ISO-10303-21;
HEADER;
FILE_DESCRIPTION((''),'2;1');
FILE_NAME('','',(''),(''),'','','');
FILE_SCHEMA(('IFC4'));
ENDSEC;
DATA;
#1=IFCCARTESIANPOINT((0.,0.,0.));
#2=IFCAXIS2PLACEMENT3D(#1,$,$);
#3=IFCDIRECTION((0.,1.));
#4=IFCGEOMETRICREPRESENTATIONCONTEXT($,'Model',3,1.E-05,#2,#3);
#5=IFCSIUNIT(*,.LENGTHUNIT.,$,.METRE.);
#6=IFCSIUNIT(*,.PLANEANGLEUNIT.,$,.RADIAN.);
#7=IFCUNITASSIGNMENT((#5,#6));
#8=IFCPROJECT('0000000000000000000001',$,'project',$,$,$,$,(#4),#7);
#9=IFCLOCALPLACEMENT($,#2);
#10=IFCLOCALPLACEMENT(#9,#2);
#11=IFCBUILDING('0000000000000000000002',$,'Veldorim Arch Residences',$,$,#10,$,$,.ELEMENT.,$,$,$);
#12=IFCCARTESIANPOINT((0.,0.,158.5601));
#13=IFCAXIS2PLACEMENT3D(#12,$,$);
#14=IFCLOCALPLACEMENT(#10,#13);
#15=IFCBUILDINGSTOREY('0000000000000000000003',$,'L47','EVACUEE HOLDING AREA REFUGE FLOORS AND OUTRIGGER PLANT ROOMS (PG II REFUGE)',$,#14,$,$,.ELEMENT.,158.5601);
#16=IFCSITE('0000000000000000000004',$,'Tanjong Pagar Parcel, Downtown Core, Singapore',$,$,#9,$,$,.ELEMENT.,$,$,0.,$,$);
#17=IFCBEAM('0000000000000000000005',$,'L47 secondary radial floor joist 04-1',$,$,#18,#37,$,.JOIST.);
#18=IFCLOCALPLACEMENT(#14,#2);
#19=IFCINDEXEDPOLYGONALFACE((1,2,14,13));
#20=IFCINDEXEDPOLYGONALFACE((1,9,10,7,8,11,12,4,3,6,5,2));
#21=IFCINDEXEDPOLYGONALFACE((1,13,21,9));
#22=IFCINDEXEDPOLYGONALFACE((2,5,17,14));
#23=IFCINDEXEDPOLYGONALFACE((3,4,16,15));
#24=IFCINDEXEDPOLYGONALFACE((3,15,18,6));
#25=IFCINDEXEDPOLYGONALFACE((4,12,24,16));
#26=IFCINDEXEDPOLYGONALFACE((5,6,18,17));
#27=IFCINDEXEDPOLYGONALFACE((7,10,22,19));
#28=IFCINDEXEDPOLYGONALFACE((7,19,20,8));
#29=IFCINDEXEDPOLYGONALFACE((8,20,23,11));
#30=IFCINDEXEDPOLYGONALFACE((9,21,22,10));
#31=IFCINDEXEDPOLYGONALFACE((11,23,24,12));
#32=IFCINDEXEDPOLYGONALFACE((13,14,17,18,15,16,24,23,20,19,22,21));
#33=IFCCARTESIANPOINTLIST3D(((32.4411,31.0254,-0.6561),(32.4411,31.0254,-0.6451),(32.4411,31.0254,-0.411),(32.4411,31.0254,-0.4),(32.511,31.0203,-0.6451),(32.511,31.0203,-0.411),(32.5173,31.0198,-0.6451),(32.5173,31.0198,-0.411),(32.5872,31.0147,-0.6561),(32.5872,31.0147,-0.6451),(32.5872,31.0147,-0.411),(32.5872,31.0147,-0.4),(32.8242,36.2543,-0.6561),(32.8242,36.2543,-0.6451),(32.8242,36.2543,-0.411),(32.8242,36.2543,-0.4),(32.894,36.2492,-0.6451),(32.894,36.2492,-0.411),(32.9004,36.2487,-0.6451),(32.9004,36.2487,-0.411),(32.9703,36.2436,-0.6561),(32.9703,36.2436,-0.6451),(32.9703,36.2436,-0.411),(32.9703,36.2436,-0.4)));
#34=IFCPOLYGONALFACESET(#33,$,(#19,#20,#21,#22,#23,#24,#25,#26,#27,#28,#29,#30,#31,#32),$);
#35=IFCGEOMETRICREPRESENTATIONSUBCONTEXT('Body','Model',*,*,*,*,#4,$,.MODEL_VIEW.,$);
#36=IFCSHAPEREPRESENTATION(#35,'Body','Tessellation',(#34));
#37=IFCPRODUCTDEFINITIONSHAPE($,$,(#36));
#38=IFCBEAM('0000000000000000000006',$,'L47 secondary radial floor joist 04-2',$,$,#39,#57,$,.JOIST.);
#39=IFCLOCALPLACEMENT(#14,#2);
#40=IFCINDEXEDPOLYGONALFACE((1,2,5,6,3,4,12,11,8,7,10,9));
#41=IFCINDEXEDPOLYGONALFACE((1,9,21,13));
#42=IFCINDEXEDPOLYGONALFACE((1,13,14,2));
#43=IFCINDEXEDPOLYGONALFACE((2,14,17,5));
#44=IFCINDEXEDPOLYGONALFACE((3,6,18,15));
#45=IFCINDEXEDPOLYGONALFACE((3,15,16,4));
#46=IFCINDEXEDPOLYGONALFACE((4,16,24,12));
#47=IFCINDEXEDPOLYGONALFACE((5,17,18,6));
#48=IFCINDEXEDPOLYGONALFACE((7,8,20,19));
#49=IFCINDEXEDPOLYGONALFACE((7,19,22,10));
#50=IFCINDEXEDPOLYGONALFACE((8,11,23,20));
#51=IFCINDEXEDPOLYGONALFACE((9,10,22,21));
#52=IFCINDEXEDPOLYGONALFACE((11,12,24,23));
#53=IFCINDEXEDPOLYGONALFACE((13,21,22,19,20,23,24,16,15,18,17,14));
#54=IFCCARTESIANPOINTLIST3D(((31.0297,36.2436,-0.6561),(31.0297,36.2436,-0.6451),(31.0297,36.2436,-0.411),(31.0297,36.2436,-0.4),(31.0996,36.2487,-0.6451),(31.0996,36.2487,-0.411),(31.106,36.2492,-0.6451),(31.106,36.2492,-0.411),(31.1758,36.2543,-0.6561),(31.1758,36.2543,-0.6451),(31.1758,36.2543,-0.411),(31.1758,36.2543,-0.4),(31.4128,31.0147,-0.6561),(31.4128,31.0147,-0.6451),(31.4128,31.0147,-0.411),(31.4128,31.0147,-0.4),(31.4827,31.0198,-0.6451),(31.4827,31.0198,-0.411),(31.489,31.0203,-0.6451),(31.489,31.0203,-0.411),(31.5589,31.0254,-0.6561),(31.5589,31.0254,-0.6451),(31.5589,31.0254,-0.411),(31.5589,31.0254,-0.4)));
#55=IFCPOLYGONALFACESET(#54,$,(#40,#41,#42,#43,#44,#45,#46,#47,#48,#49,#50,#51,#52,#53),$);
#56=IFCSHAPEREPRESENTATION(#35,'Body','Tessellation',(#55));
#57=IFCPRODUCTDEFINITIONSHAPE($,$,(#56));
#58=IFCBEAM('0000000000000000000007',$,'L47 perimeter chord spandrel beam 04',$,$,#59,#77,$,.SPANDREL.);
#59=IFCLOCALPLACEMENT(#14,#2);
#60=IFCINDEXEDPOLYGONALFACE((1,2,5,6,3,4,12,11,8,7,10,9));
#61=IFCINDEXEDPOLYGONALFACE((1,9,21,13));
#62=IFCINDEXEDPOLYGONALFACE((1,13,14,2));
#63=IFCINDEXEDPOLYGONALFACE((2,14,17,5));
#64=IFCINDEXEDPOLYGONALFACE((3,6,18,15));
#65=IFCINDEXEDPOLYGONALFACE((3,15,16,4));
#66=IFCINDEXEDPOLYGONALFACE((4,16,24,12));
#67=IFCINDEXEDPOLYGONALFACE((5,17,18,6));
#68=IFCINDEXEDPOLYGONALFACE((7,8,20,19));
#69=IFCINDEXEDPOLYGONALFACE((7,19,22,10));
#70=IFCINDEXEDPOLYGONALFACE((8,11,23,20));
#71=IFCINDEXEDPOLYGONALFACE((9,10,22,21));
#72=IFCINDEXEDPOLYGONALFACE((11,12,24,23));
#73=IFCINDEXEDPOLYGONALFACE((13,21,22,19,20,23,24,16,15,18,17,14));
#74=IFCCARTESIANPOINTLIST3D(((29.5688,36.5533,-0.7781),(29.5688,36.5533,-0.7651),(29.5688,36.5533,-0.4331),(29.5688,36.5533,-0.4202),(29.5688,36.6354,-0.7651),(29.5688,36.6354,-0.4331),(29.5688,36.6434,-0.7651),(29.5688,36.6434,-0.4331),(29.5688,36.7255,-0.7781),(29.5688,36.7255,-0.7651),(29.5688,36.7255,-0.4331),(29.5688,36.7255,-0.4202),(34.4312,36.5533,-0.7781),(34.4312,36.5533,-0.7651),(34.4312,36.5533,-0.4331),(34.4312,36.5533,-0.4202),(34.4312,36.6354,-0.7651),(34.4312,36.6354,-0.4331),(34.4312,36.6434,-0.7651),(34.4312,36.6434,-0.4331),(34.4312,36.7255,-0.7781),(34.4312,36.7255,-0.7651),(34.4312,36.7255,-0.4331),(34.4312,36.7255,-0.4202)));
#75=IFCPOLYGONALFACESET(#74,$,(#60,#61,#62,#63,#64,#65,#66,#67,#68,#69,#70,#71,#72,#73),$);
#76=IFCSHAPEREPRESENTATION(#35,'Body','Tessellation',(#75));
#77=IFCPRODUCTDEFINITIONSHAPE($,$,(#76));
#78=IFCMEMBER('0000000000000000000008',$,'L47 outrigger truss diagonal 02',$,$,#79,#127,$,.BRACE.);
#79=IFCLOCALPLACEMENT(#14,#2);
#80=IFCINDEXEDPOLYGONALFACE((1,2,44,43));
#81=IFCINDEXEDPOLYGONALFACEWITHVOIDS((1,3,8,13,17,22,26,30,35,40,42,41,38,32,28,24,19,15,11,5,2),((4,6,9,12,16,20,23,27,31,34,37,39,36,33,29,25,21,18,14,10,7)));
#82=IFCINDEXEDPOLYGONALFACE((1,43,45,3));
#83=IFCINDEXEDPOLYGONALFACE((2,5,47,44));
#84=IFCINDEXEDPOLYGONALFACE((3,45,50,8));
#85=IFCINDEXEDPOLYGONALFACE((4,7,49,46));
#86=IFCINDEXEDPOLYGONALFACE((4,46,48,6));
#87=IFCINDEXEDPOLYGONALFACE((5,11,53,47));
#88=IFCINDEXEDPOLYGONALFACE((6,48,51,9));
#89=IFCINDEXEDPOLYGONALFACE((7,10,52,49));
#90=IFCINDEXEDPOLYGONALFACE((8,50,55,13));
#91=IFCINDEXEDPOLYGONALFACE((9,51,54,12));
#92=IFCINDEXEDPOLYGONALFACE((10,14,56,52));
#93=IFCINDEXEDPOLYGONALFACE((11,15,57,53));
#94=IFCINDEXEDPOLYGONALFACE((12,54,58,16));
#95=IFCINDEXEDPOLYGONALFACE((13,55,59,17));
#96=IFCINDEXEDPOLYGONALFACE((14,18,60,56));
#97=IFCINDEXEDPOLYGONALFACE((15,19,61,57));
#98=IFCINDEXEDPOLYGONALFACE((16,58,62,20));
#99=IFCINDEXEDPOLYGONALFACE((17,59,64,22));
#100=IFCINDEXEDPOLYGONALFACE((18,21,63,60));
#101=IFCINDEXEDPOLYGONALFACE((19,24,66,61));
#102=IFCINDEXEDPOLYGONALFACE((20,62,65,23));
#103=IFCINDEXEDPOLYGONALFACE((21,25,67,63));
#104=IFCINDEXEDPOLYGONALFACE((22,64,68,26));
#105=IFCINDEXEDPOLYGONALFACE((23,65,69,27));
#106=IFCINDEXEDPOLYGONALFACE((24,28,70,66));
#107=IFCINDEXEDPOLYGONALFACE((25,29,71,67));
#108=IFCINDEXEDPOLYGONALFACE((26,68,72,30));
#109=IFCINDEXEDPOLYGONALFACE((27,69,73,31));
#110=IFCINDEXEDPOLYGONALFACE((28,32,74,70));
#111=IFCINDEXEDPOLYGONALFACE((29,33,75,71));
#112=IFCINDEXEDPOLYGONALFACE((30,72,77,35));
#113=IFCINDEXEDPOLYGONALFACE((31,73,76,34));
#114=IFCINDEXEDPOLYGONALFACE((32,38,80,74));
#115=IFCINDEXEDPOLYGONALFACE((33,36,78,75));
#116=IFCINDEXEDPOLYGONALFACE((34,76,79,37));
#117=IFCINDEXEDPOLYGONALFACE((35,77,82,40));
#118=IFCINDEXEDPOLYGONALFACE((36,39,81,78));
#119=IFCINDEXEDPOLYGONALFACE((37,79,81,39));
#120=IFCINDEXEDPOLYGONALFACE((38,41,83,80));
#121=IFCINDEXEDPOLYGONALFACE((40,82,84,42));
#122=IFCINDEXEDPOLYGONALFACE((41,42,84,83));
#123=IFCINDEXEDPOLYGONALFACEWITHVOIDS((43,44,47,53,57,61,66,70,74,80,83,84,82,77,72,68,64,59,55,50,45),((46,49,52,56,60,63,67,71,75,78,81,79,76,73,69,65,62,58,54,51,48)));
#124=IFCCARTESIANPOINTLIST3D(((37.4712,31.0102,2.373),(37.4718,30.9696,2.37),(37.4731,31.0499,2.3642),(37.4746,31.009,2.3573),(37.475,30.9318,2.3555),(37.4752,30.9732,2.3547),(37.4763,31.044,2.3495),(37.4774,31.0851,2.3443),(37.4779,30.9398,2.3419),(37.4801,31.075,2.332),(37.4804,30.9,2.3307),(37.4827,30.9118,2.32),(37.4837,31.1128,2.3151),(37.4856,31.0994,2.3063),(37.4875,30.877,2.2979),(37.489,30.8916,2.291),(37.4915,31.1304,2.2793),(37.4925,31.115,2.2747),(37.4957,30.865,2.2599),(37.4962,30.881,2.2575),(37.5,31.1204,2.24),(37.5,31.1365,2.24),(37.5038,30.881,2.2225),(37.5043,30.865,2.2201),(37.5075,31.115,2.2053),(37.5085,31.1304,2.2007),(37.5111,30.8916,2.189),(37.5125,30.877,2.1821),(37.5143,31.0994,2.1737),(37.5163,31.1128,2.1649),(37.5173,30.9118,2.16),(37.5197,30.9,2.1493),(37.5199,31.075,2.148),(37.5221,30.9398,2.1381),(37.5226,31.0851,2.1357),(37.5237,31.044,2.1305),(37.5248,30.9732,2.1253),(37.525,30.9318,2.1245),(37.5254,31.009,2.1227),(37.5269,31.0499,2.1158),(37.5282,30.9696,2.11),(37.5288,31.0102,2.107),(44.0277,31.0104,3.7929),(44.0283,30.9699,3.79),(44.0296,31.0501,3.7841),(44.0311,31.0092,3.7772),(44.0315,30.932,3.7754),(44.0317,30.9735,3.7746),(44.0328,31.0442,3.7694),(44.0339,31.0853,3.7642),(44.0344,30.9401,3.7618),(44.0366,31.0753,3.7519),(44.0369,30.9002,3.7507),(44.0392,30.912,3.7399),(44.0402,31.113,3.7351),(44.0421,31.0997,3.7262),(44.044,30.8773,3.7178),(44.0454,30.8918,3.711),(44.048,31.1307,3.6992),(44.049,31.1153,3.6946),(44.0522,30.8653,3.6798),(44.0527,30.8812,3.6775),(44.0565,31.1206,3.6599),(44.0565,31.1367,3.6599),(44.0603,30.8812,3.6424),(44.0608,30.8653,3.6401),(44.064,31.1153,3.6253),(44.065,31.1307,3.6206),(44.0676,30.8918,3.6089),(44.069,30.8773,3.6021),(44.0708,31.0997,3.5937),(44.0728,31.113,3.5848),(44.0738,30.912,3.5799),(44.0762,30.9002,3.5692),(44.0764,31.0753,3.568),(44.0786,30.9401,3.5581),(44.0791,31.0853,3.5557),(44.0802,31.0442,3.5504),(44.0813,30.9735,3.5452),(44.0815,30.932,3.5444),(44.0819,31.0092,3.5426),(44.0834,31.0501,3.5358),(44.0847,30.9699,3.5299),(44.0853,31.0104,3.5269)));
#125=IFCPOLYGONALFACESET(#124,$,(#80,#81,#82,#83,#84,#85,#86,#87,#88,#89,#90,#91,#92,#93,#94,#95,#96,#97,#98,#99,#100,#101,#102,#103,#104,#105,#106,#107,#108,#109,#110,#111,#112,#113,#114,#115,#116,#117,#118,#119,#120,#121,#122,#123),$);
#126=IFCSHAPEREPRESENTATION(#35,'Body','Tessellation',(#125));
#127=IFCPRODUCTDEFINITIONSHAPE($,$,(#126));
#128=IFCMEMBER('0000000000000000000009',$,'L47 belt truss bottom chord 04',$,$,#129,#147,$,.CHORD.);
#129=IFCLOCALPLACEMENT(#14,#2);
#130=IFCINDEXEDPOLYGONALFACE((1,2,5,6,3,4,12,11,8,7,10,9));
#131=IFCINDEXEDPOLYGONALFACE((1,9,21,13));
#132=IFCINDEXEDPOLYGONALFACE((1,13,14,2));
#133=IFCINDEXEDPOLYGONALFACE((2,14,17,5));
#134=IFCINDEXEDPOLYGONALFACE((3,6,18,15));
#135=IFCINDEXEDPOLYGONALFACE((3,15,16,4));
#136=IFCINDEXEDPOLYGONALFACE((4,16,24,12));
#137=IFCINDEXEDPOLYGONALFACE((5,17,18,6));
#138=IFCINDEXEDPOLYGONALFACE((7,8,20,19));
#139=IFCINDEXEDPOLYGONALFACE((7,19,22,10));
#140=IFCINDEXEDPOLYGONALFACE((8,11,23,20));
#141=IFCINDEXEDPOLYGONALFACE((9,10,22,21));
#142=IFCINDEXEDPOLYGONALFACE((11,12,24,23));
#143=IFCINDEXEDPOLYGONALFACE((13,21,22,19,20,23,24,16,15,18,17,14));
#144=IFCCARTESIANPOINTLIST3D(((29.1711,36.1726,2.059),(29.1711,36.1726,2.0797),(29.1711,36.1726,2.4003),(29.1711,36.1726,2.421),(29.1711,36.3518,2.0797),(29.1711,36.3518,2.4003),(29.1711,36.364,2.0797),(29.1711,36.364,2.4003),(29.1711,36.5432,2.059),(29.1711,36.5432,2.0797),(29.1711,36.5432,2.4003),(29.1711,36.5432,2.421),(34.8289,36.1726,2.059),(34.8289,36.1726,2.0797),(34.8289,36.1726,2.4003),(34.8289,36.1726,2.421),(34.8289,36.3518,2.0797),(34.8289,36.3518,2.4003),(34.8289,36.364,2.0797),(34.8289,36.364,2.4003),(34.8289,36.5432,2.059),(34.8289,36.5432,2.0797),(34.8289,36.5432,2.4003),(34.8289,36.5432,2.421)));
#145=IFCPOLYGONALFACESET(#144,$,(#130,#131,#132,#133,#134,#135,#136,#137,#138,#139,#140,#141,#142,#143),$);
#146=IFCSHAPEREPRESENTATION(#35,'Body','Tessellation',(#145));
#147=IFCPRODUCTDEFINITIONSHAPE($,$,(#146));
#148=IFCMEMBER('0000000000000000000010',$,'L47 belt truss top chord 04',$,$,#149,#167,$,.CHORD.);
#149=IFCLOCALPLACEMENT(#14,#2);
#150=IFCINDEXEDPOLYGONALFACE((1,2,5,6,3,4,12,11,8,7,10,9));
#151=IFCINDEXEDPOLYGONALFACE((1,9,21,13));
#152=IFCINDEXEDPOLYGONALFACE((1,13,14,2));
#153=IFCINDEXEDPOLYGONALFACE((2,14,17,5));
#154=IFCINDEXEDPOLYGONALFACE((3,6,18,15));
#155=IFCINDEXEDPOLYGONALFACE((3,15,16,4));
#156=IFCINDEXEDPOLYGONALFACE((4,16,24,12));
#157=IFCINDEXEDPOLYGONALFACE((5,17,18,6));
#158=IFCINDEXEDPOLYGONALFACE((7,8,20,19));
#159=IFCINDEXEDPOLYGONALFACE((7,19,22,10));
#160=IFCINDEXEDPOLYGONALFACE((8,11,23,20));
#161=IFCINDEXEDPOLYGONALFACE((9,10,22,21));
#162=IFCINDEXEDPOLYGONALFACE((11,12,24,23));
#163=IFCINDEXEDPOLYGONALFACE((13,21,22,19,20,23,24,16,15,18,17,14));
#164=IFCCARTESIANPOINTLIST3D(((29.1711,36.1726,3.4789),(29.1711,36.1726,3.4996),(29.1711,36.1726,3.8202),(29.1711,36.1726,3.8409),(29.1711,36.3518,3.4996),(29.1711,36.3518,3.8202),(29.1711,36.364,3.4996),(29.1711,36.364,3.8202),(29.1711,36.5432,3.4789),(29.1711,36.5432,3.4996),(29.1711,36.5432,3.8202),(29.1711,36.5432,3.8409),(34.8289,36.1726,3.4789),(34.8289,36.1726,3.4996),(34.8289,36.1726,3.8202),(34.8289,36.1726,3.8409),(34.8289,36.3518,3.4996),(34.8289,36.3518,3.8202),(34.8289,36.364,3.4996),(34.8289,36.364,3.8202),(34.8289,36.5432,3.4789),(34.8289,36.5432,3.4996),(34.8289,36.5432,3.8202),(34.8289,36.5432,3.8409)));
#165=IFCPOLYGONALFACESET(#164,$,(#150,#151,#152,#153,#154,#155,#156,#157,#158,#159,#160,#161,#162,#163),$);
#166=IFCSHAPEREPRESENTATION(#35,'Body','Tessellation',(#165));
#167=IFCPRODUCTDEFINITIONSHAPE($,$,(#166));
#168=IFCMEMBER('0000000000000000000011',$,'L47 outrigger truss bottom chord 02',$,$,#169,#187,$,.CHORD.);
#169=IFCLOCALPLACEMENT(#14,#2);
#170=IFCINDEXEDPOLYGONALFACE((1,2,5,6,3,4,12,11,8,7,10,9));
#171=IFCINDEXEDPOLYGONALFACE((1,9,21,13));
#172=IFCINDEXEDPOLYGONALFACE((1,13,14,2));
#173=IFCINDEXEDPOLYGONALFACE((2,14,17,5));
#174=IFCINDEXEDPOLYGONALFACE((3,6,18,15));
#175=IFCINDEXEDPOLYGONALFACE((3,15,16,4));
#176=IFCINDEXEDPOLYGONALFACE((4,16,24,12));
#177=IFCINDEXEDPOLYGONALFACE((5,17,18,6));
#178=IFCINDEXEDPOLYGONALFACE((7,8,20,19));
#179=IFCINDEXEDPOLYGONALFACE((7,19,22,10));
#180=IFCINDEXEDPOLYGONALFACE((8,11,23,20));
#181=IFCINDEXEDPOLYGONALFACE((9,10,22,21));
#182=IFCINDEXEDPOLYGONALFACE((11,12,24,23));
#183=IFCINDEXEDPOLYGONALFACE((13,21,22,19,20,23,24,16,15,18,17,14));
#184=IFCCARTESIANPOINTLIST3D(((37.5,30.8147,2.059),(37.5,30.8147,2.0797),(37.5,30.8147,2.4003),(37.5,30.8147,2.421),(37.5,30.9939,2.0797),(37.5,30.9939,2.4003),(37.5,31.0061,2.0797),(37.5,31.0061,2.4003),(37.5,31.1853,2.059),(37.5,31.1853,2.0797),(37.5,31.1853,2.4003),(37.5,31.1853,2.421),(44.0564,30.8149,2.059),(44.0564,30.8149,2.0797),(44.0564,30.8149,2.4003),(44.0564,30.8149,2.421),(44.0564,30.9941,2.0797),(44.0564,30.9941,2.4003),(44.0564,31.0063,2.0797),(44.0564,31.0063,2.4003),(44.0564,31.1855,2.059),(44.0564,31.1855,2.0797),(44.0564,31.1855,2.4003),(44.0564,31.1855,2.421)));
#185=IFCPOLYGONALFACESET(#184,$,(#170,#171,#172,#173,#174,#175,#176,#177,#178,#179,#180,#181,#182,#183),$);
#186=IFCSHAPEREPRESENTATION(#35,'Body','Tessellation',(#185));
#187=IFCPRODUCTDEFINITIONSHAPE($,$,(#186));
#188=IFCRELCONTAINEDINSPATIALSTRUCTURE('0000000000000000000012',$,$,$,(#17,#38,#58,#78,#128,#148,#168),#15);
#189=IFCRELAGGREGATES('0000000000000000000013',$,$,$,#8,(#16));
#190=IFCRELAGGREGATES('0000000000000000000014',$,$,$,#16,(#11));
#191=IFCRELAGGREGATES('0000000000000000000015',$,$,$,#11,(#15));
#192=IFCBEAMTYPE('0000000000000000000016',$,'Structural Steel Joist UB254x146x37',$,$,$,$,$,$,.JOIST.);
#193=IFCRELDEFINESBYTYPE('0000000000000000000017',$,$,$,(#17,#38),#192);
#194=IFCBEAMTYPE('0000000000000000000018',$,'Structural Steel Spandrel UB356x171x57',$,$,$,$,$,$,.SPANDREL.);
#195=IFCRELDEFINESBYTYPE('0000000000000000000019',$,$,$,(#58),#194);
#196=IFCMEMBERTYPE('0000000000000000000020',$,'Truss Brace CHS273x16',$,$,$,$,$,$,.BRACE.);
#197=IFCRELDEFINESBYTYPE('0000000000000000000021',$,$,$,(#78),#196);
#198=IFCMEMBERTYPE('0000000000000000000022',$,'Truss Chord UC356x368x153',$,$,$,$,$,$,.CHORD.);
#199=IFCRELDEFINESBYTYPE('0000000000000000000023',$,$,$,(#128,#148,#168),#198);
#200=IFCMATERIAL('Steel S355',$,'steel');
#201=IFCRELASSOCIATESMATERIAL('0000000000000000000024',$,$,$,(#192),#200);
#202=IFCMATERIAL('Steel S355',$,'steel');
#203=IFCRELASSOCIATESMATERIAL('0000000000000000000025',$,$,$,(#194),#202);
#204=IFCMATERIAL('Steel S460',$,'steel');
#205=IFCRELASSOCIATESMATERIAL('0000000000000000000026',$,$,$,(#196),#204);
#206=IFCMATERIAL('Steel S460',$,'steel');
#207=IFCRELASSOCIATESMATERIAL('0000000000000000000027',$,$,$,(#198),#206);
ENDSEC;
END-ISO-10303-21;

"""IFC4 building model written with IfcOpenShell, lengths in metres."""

from ifc_helpers import new_model, si_unit, direction, frame, origin, origin_2d, place, context, subcontext, project, spatial, hollow_circle, i_section, extrude, material, material_profile, profile_set, type_object, element, save


model = new_model("IFC4")

# Units and contexts
model_context = context("Model", 3, precision=1e-05, world=origin(), true_north=direction((0.0, 1.0)))
body_context = subcontext(model_context, "Body", "Model", "MODEL_VIEW")
ifc_project = project(units=[si_unit("LENGTHUNIT", "METRE"), si_unit("PLANEANGLEUNIT", "RADIAN")], contexts=[model_context])

# Site, building, storey
site_placement = place(None, origin())
site = spatial("IfcSite", under=ifc_project, at=site_placement, Name="Tanjong Pagar Parcel, Downtown Core, Singapore", CompositionType="ELEMENT", RefElevation=0.0)
building_placement = place(site_placement, origin())
building = spatial("IfcBuilding", under=site, at=building_placement, Name="Veldorim Arch Residences", CompositionType="ELEMENT")
storey_placement = place(building_placement, frame((0.0, 0.0, 158.5601)))
storey = spatial("IfcBuildingStorey", under=building, at=storey_placement, Name="L47", Description="EVACUEE HOLDING AREA REFUGE FLOORS AND OUTRIGGER PLANT ROOMS (PG II REFUGE)", CompositionType="ELEMENT", Elevation=158.5601)

# Beams
ifc_material_1 = material(Name="Steel S355", Category="steel")
ifc_material_profile_1 = material_profile(ifc_material_1, i_section(OverallWidth=0.1465, OverallDepth=0.2561, WebThickness=0.0063, FlangeThickness=0.011, at=origin_2d()), Name="UB254x146x37")
ifc_profile_set_1 = profile_set([ifc_material_profile_1], Name="Steel S355")
beam_type_1 = type_object("IfcBeamType", Name="Structural Steel Joist UB254x146x37", PredefinedType="JOIST", material=ifc_profile_set_1)
for number, where, z_axis, x_axis, name in (
    (1, (32.5142, 31.02, -0.5281), (0.07306, 0.997328, 0.0), (-0.997328, 0.07306, 0.0), "L47 secondary radial floor joist 04-1"),
    (2, (31.4858, 31.02, -0.5281), (-0.07306, 0.997328, 0.0), (-0.997328, -0.07306, 0.0), "L47 secondary radial floor joist 04-2"),
):
    element("IfcBeam", number, at=place(storey_placement, frame(where, z_axis=z_axis, x_axis=x_axis)), inside=storey, type_object=beam_type_1, Name=name, PredefinedType="JOIST", context=body_context, shape_type="SweptSolid", body=[
        extrude(i_section(OverallWidth=0.1465, OverallDepth=0.2561, WebThickness=0.0063, FlangeThickness=0.011, at=origin_2d()), origin(), (0.0, 0.0, 1.0), 5.2429),
    ])
ifc_material_2 = material(Name="Steel S355", Category="steel")
ifc_material_profile_2 = material_profile(ifc_material_2, i_section(OverallWidth=0.1721, OverallDepth=0.3579, WebThickness=0.0081, FlangeThickness=0.0129, at=origin_2d()), Name="UB356x171x57")
ifc_profile_set_2 = profile_set([ifc_material_profile_2], Name="Steel S355")
beam_type_2 = type_object("IfcBeamType", Name="Structural Steel Spandrel UB356x171x57", PredefinedType="SPANDREL", material=ifc_profile_set_2)
beam_1_placement = place(storey_placement, frame((34.4312, 36.6394, -0.5991), z_axis=(-1.0, 0.0, 0.0), x_axis=(0.0, -1.0, 0.0)))
element("IfcBeam", 3, at=beam_1_placement, inside=storey, type_object=beam_type_2, Name="L47 perimeter chord spandrel beam 04", PredefinedType="SPANDREL", context=body_context, shape_type="SweptSolid", body=[
    extrude(i_section(OverallWidth=0.1721, OverallDepth=0.3579, WebThickness=0.0081, FlangeThickness=0.0129, at=origin_2d()), origin(), (0.0, 0.0, 1.0), 4.8623),
])

# Members
ifc_material_3 = material(Name="Steel S460", Category="steel")
ifc_material_profile_3 = material_profile(ifc_material_3, hollow_circle(Radius=0.1365, WallThickness=0.0161, at=origin_2d()), Name="CHS273x16")
ifc_profile_set_3 = profile_set([ifc_material_profile_3], Name="Steel S460")
member_type_1 = type_object("IfcMemberType", Name="Truss Brace CHS273x16", PredefinedType="BRACE", material=ifc_profile_set_3)
member_1_placement = place(storey_placement, frame((37.5, 31.0, 2.24), z_axis=(0.977343, 0.000036, 0.211664), x_axis=(-0.000037, 1.0, 0.0)))
element("IfcMember", 4, at=member_1_placement, inside=storey, type_object=member_type_1, Name="L47 outrigger truss diagonal 02", PredefinedType="BRACE", context=body_context, shape_type="SweptSolid", body=[
    extrude(hollow_circle(Radius=0.1365, WallThickness=0.0161, at=origin_2d()), origin(), (0.0, 0.0, 1.0), 6.7085),
])
ifc_material_4 = material(Name="Steel S460", Category="steel")
ifc_material_profile_4 = material_profile(ifc_material_4, i_section(OverallWidth=0.3706, OverallDepth=0.3621, WebThickness=0.0122, FlangeThickness=0.0208, at=origin_2d()), Name="UC356x368x153")
ifc_profile_set_4 = profile_set([ifc_material_profile_4], Name="Steel S460")
member_type_2 = type_object("IfcMemberType", Name="Truss Chord UC356x368x153", PredefinedType="CHORD", material=ifc_profile_set_4)
for number, where, z_axis, x_axis, name in (
    (5, (34.8289, 36.3579, 2.24), (-1.0, 0.0, 0.0), (0.0, -1.0, 0.0), "L47 belt truss bottom chord 04"),
    (6, (34.8289, 36.3579, 3.6599), (-1.0, 0.0, 0.0), (0.0, -1.0, 0.0), "L47 belt truss top chord 04"),
):
    element("IfcMember", number, at=place(storey_placement, frame(where, z_axis=z_axis, x_axis=x_axis)), inside=storey, type_object=member_type_2, Name=name, PredefinedType="CHORD", context=body_context, shape_type="SweptSolid", body=[
        extrude(i_section(OverallWidth=0.3706, OverallDepth=0.3621, WebThickness=0.0122, FlangeThickness=0.0208, at=origin_2d()), origin(), (0.0, 0.0, 1.0), 5.6577),
    ])
member_2_placement = place(storey_placement, frame((37.5, 31.0, 2.24), z_axis=(1.0, 0.000037, 0.0), x_axis=(-0.000037, 1.0, 0.0)))
element("IfcMember", 7, at=member_2_placement, inside=storey, type_object=member_type_2, Name="L47 outrigger truss bottom chord 02", PredefinedType="CHORD", context=body_context, shape_type="SweptSolid", body=[
    extrude(i_section(OverallWidth=0.3706, OverallDepth=0.3621, WebThickness=0.0122, FlangeThickness=0.0208, at=origin_2d()), origin(), (0.0, 0.0, 1.0), 6.5564),
])

save(model, "model.ifc")
